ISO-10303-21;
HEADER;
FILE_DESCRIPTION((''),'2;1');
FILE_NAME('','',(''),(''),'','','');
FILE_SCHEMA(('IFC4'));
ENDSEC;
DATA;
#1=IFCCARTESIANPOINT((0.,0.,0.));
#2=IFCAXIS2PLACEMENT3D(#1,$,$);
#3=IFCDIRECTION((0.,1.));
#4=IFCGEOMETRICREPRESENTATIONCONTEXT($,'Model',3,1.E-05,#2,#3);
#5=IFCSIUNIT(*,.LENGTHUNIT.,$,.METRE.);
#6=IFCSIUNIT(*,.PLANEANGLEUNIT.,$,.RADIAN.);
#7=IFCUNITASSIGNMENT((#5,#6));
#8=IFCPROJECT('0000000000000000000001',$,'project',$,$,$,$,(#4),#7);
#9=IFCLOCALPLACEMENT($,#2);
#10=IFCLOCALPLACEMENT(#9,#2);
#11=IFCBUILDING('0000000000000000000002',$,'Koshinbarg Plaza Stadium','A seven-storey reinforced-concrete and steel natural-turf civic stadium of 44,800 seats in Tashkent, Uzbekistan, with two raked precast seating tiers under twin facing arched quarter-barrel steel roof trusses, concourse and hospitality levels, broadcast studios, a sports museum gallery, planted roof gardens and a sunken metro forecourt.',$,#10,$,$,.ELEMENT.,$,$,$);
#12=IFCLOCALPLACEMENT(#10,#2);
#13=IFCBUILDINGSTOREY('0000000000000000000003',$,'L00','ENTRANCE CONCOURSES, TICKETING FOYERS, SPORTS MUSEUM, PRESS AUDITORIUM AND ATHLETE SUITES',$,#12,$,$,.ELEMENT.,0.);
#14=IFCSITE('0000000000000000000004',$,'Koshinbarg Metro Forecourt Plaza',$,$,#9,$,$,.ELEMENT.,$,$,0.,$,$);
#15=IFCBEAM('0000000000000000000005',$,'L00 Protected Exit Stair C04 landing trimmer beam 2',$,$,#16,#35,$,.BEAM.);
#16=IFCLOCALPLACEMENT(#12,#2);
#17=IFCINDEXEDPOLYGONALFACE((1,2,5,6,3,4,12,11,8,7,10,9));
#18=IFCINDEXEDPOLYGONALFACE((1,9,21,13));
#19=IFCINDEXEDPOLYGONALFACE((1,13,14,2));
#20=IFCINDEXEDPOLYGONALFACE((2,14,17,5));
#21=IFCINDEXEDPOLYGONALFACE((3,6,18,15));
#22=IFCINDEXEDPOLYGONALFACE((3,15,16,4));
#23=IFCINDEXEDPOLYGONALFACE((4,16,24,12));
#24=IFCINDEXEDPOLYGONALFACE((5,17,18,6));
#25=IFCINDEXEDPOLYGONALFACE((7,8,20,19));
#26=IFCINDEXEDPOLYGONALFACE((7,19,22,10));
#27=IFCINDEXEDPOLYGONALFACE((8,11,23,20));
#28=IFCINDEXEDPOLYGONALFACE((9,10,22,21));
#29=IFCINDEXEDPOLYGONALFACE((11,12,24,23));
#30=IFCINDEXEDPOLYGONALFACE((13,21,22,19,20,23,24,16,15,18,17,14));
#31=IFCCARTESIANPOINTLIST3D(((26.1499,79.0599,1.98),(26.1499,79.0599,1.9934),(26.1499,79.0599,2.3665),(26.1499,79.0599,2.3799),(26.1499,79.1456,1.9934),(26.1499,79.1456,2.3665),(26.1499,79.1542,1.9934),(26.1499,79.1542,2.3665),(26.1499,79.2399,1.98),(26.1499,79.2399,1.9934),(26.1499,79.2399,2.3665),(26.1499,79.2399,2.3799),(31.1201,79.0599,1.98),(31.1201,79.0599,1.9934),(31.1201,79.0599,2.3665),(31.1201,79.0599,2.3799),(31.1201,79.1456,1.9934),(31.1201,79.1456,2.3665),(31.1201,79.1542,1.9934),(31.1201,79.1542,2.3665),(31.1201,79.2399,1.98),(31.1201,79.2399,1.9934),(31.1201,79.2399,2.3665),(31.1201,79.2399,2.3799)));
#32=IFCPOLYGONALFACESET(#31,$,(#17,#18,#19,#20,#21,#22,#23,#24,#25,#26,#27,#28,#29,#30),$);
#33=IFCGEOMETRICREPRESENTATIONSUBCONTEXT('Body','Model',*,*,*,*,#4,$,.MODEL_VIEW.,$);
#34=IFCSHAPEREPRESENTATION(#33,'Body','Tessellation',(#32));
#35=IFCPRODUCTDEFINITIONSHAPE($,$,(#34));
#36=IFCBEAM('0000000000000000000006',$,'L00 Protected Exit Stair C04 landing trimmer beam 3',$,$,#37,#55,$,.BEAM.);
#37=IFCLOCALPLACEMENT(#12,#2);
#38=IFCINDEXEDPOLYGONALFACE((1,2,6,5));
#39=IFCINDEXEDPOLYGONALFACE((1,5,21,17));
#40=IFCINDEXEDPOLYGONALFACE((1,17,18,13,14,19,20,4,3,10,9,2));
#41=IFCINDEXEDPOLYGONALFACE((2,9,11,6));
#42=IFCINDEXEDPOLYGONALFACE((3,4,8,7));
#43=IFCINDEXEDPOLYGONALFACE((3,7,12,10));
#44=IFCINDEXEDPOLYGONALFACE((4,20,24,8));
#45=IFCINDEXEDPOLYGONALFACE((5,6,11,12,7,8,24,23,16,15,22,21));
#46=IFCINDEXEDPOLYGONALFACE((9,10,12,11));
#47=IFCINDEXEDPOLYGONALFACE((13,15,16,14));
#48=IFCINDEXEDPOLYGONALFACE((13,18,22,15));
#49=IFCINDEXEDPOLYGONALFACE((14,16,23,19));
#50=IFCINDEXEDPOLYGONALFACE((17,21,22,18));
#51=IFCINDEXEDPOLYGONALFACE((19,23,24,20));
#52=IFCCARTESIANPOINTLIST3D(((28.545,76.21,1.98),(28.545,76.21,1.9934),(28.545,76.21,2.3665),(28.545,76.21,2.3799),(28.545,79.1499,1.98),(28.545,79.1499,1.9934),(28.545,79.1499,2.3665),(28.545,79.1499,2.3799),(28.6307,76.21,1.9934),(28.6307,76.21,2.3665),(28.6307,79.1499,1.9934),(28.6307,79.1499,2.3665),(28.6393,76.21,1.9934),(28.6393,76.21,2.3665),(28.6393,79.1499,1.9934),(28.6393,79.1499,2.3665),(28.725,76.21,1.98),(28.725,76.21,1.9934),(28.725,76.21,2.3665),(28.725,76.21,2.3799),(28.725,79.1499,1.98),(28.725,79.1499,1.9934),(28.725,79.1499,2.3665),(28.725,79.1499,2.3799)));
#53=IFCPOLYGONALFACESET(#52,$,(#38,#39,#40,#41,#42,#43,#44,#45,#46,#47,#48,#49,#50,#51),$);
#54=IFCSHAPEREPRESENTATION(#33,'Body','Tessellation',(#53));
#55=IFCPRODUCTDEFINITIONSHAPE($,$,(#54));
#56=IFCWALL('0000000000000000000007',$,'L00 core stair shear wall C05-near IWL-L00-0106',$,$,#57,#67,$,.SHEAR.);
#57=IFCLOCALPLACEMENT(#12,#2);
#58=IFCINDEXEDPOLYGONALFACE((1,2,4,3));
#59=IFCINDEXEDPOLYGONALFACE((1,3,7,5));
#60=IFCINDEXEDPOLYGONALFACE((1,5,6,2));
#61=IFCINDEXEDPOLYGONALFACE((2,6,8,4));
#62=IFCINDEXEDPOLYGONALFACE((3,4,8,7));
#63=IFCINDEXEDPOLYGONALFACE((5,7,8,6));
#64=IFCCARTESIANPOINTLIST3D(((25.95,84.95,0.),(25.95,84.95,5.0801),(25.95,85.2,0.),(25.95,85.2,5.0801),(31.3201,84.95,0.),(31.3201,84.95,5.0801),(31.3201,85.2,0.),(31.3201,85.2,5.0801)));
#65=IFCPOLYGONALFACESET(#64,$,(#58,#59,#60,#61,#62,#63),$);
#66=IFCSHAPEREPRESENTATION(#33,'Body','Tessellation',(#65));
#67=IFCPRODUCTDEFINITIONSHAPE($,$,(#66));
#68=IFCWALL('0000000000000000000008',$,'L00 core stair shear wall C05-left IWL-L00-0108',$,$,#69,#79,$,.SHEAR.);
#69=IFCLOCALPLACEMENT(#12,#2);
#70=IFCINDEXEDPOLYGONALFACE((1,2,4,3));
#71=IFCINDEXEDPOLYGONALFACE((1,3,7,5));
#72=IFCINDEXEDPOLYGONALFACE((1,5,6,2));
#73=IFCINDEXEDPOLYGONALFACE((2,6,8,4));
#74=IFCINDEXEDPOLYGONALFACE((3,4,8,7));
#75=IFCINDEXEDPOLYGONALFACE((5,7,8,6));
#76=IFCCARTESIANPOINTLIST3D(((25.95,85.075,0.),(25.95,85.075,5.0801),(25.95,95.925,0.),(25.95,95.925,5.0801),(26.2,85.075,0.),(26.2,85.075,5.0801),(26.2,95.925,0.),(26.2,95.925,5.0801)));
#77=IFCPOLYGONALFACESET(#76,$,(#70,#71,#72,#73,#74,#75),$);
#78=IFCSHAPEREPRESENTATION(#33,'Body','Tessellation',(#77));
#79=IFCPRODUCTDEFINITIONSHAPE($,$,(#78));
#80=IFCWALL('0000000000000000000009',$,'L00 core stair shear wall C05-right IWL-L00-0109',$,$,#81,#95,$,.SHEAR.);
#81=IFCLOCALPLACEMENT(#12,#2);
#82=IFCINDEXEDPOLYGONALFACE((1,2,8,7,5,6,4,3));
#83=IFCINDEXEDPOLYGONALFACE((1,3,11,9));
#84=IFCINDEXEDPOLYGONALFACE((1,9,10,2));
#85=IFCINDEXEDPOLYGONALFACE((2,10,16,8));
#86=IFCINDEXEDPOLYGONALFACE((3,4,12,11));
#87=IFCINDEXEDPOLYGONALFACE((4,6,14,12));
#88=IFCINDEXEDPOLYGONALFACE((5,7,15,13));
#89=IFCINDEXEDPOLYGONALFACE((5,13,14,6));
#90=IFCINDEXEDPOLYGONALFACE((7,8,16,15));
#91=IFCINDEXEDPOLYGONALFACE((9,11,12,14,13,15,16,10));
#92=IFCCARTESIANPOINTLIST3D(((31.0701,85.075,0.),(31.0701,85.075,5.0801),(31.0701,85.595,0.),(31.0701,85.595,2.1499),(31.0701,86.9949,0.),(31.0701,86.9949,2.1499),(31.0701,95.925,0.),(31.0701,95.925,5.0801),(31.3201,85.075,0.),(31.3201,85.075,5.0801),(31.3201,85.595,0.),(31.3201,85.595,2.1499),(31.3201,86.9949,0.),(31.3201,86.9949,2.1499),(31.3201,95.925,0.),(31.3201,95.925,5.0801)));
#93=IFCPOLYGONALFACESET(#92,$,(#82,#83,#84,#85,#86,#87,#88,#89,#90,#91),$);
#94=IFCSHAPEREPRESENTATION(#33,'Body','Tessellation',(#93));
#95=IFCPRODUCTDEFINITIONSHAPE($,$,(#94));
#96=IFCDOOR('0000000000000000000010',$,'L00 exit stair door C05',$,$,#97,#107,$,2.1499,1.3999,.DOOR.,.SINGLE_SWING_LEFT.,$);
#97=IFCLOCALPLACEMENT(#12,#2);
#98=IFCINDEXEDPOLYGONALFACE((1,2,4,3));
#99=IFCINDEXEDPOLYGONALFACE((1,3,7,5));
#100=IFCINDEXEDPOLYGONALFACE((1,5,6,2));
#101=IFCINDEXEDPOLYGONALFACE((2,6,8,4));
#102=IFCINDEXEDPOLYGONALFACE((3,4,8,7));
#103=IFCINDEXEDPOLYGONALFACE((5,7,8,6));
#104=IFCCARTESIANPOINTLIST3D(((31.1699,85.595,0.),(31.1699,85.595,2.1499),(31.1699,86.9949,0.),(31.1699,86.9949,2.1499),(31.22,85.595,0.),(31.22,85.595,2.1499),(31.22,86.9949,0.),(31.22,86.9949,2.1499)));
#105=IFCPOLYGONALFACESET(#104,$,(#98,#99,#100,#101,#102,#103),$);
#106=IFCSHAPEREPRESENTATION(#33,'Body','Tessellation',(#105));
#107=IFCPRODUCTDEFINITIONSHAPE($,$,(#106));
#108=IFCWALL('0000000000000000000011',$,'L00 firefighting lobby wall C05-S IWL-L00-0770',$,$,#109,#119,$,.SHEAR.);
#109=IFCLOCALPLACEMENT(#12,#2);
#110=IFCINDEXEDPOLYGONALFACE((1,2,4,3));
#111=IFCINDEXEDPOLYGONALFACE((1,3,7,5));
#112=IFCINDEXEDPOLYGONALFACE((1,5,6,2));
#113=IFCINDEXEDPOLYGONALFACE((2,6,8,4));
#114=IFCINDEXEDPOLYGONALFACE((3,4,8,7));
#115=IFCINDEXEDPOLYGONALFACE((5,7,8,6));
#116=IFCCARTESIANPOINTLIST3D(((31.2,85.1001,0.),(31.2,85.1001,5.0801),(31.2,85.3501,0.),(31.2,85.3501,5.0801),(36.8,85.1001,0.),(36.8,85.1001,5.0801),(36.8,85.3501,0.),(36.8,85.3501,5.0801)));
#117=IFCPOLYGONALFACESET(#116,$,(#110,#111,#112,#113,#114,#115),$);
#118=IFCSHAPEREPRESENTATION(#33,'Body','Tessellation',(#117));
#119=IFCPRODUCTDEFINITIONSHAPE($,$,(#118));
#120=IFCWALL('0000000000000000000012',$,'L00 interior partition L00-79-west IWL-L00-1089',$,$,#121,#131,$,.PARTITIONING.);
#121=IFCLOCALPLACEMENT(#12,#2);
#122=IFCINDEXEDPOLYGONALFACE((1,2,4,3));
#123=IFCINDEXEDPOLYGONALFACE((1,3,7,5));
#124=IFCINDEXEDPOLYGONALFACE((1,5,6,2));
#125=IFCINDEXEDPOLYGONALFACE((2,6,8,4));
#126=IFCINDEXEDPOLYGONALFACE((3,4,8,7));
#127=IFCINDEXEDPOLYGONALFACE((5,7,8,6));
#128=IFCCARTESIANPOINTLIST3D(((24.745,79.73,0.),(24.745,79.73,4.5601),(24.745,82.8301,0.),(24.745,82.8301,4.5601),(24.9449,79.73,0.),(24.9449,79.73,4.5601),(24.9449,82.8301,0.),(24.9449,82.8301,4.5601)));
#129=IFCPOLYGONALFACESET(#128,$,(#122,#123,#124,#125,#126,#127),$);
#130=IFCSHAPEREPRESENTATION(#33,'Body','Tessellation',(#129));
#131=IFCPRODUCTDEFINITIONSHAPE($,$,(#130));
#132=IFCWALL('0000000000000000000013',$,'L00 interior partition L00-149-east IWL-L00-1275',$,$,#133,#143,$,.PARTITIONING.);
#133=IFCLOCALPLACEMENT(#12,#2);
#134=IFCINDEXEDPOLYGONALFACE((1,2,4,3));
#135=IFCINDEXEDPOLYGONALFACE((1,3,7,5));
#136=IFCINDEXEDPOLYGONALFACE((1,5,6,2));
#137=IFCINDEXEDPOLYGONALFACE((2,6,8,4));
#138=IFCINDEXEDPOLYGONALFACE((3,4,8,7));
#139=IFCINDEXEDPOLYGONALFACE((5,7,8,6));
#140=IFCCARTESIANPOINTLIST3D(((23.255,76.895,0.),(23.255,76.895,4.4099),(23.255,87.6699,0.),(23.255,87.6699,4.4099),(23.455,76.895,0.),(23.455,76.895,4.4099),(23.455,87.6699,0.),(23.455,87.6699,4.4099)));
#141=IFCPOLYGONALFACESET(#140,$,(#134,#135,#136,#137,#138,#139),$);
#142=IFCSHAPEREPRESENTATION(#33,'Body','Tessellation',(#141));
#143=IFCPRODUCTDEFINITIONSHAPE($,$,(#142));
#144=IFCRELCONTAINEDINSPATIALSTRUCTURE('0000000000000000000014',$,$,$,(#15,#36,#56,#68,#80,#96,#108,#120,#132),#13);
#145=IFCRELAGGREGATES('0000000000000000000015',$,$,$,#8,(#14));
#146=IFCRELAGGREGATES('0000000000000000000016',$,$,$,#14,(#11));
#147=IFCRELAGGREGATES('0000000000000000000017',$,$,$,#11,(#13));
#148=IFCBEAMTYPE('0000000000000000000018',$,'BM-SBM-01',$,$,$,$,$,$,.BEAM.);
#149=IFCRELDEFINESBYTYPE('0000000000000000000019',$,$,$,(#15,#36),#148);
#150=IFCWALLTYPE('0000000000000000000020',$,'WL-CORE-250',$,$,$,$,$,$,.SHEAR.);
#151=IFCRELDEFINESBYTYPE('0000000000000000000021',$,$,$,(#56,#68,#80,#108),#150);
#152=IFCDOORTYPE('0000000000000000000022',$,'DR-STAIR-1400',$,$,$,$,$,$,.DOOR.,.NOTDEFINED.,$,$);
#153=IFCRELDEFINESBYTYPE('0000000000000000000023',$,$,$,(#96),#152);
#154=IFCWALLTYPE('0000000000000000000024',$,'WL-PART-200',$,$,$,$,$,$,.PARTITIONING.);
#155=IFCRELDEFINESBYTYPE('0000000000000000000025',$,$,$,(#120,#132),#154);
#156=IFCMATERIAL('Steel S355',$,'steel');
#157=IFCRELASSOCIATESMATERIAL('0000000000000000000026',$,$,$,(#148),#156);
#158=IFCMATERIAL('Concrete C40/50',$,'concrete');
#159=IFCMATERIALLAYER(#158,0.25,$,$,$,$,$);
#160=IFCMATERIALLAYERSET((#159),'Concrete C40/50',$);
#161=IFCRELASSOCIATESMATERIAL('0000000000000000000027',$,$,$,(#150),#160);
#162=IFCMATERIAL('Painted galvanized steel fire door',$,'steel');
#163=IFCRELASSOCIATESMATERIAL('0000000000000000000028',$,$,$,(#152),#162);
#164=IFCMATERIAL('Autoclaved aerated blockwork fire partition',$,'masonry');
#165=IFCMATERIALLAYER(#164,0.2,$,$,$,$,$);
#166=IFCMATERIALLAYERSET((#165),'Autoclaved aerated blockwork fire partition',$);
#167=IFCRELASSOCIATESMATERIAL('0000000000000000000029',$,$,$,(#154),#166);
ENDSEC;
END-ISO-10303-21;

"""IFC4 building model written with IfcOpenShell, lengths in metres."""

from ifc_helpers import new_model, si_unit, direction, frame, frame_2d, origin, origin_2d, place, context, subcontext, project, spatial, rectangle, i_section, extrude, material, layer, layer_set, material_profile, profile_set, type_object, element, fill, save


model = new_model("IFC4")

# Units and contexts
model_context = context("Model", 3, precision=1e-05, world=origin(), true_north=direction((0.0, 1.0)))
body_context = subcontext(model_context, "Body", "Model", "MODEL_VIEW")
ifc_project = project(units=[si_unit("LENGTHUNIT", "METRE"), si_unit("PLANEANGLEUNIT", "RADIAN")], contexts=[model_context])

# Site, building, storey
site_placement = place(None, origin())
site = spatial("IfcSite", under=ifc_project, at=site_placement, Name="Koshinbarg Metro Forecourt Plaza", CompositionType="ELEMENT", RefElevation=0.0)
building_placement = place(site_placement, origin())
building = spatial("IfcBuilding", under=site, at=building_placement, Name="Koshinbarg Plaza Stadium", Description="A seven-storey reinforced-concrete and steel natural-turf civic stadium of 44,800 seats in Tashkent, Uzbekistan, with two raked precast seating tiers under twin facing arched quarter-barrel steel roof trusses, concourse and hospitality levels, broadcast studios, a sports museum gallery, planted roof gardens and a sunken metro forecourt.", CompositionType="ELEMENT")
storey_placement = place(building_placement, origin())
storey = spatial("IfcBuildingStorey", under=building, at=storey_placement, Name="L00", Description="ENTRANCE CONCOURSES, TICKETING FOYERS, SPORTS MUSEUM, PRESS AUDITORIUM AND ATHLETE SUITES", CompositionType="ELEMENT", Elevation=0.0)

# Shared definitions
ifc_material_1 = material(Name="Concrete C40/50", Category="concrete")

# Beams
ifc_material_2 = material(Name="Steel S355", Category="steel")
ifc_material_profile_1 = material_profile(ifc_material_2, i_section(OverallWidth=0.1799, OverallDepth=0.3999, WebThickness=0.0085, FlangeThickness=0.0134, at=origin_2d()), Name="IPE 400")
ifc_profile_set_1 = profile_set([ifc_material_profile_1], Name="Steel S355")
beam_type = type_object("IfcBeamType", Name="BM-SBM-01", PredefinedType="BEAM", material=ifc_profile_set_1)
beam_1_placement = place(storey_placement, frame((26.1499, 79.1499, 2.1799), z_axis=(1.0, 0.0, 0.0), x_axis=(0.0, 1.0, 0.0)))
element("IfcBeam", 1, at=beam_1_placement, inside=storey, type_object=beam_type, Name="L00 Protected Exit Stair C04 landing trimmer beam 2", PredefinedType="BEAM", context=body_context, shape_type="SweptSolid", body=[
    extrude(i_section(OverallWidth=0.1799, OverallDepth=0.3999, WebThickness=0.0085, FlangeThickness=0.0134, at=origin_2d()), origin(), (0.0, 0.0, 1.0), 4.9702),
])
beam_2_placement = place(storey_placement, frame((28.635, 76.21, 2.1799), z_axis=(0.0, 1.0, 0.0), x_axis=(-1.0, 0.0, 0.0)))
element("IfcBeam", 2, at=beam_2_placement, inside=storey, type_object=beam_type, Name="L00 Protected Exit Stair C04 landing trimmer beam 3", PredefinedType="BEAM", context=body_context, shape_type="SweptSolid", body=[
    extrude(i_section(OverallWidth=0.1799, OverallDepth=0.3999, WebThickness=0.0085, FlangeThickness=0.0134, at=origin_2d()), origin(), (0.0, 0.0, 1.0), 2.9399),
])

# Walls
ifc_layer_1 = layer(ifc_material_1, 0.25)
ifc_layer_set_1 = layer_set([ifc_layer_1], Name="Concrete C40/50")
wall_type_1 = type_object("IfcWallType", Name="WL-CORE-250", PredefinedType="SHEAR", material=ifc_layer_set_1)
wall_1_placement = place(storey_placement, frame((25.95, 85.075, 0.0), z_axis=(0.0, 0.0, 1.0), x_axis=(1.0, 0.0, 0.0)))
element("IfcWall", 3, at=wall_1_placement, inside=storey, type_object=wall_type_1, Name="L00 core stair shear wall C05-near IWL-L00-0106", PredefinedType="SHEAR", context=body_context, shape_type="SweptSolid", body=[
    extrude(rectangle(XDim=5.3701, YDim=0.25, at=frame_2d((2.6851, 0.0))), origin(), (0.0, 0.0, 1.0), 5.0801),
])
wall_2_placement = place(storey_placement, frame((26.075, 85.075, 0.0), z_axis=(0.0, 0.0, 1.0), x_axis=(0.0, 1.0, 0.0)))
element("IfcWall", 4, at=wall_2_placement, inside=storey, type_object=wall_type_1, Name="L00 core stair shear wall C05-left IWL-L00-0108", PredefinedType="SHEAR", context=body_context, shape_type="SweptSolid", body=[
    extrude(rectangle(XDim=10.8501, YDim=0.25, at=frame_2d((5.425, 0.0))), origin(), (0.0, 0.0, 1.0), 5.0801),
])

# Wall, opening, door
wall_3_placement = place(storey_placement, frame((31.1951, 85.075, 0.0), z_axis=(0.0, 0.0, 1.0), x_axis=(0.0, 1.0, 0.0)))
wall_3 = element("IfcWall", 5, at=wall_3_placement, inside=storey, type_object=wall_type_1, Name="L00 core stair shear wall C05-right IWL-L00-0109", PredefinedType="SHEAR", context=body_context, shape_type="SweptSolid", body=[
    extrude(rectangle(XDim=10.8501, YDim=0.25, at=frame_2d((5.425, 0.0))), origin(), (0.0, 0.0, 1.0), 5.0801),
])
opening_placement = place(wall_3_placement, frame((0.52, 0.0, 0.0)))
opening = element("IfcOpeningElement", 6, at=opening_placement, cuts=wall_3, PredefinedType="OPENING", context=body_context, shape_type="SweptSolid", body=[
    extrude(rectangle(XDim=1.3999, YDim=2.1499, at=frame_2d((0.7, 1.075))), frame((0.0, 0.135, 0.0), z_axis=(0.0, -1.0, 0.0), x_axis=(1.0, 0.0, 0.0)), (0.0, 0.0, 1.0), 0.27),
])
ifc_material_3 = material(Name="Painted galvanized steel fire door", Category="steel")
door_type = type_object("IfcDoorType", Name="DR-STAIR-1400", OperationType="NOTDEFINED", PredefinedType="DOOR", material=ifc_material_3)
door_placement = place(opening_placement, frame((1.3999, 0.0, 0.0), z_axis=(0.0, 0.0, 1.0), x_axis=(-1.0, 0.0, 0.0)))
door = element("IfcDoor", 7, at=door_placement, inside=storey, type_object=door_type, Name="L00 exit stair door C05", OperationType="SINGLE_SWING_LEFT", OverallHeight=2.1499, OverallWidth=1.3999, PredefinedType="DOOR", context=body_context, shape_type="SweptSolid", body=[
    extrude(rectangle(XDim=1.3999, YDim=2.1499, at=frame_2d((0.7, 1.075))), frame((0.0, 0.0249, 0.0), z_axis=(0.0, -1.0, 0.0), x_axis=(1.0, 0.0, 0.0)), (0.0, 0.0, 1.0), 0.05),
])
fill(opening, door)

# Walls
wall_4_placement = place(storey_placement, frame((31.2, 85.2251, 0.0), z_axis=(0.0, 0.0, 1.0), x_axis=(1.0, 0.0, 0.0)))
element("IfcWall", 8, at=wall_4_placement, inside=storey, type_object=wall_type_1, Name="L00 firefighting lobby wall C05-S IWL-L00-0770", PredefinedType="SHEAR", context=body_context, shape_type="SweptSolid", body=[
    extrude(rectangle(XDim=5.6001, YDim=0.25, at=frame_2d((2.8, 0.0))), origin(), (0.0, 0.0, 1.0), 5.0801),
])
ifc_material_4 = material(Name="Autoclaved aerated blockwork fire partition", Category="masonry")
ifc_layer_2 = layer(ifc_material_4, 0.2)
ifc_layer_set_2 = layer_set([ifc_layer_2], Name="Autoclaved aerated blockwork fire partition")
wall_type_2 = type_object("IfcWallType", Name="WL-PART-200", PredefinedType="PARTITIONING", material=ifc_layer_set_2)
wall_5_placement = place(storey_placement, frame((24.845, 82.8301, 0.0), z_axis=(0.0, 0.0, 1.0), x_axis=(0.0, -1.0, 0.0)))
element("IfcWall", 9, at=wall_5_placement, inside=storey, type_object=wall_type_2, Name="L00 interior partition L00-79-west IWL-L00-1089", PredefinedType="PARTITIONING", context=body_context, shape_type="SweptSolid", body=[
    extrude(rectangle(XDim=3.1001, YDim=0.2, at=frame_2d((1.55, 0.0))), origin(), (0.0, 0.0, 1.0), 4.5601),
])
wall_6_placement = place(storey_placement, frame((23.355, 76.895, 0.0), z_axis=(0.0, 0.0, 1.0), x_axis=(0.0, 1.0, 0.0)))
element("IfcWall", 10, at=wall_6_placement, inside=storey, type_object=wall_type_2, Name="L00 interior partition L00-149-east IWL-L00-1275", PredefinedType="PARTITIONING", context=body_context, shape_type="SweptSolid", body=[
    extrude(rectangle(XDim=10.7749, YDim=0.2, at=frame_2d((5.3875, 0.0))), origin(), (0.0, 0.0, 1.0), 4.4099),
])

save(model, "model.ifc")
